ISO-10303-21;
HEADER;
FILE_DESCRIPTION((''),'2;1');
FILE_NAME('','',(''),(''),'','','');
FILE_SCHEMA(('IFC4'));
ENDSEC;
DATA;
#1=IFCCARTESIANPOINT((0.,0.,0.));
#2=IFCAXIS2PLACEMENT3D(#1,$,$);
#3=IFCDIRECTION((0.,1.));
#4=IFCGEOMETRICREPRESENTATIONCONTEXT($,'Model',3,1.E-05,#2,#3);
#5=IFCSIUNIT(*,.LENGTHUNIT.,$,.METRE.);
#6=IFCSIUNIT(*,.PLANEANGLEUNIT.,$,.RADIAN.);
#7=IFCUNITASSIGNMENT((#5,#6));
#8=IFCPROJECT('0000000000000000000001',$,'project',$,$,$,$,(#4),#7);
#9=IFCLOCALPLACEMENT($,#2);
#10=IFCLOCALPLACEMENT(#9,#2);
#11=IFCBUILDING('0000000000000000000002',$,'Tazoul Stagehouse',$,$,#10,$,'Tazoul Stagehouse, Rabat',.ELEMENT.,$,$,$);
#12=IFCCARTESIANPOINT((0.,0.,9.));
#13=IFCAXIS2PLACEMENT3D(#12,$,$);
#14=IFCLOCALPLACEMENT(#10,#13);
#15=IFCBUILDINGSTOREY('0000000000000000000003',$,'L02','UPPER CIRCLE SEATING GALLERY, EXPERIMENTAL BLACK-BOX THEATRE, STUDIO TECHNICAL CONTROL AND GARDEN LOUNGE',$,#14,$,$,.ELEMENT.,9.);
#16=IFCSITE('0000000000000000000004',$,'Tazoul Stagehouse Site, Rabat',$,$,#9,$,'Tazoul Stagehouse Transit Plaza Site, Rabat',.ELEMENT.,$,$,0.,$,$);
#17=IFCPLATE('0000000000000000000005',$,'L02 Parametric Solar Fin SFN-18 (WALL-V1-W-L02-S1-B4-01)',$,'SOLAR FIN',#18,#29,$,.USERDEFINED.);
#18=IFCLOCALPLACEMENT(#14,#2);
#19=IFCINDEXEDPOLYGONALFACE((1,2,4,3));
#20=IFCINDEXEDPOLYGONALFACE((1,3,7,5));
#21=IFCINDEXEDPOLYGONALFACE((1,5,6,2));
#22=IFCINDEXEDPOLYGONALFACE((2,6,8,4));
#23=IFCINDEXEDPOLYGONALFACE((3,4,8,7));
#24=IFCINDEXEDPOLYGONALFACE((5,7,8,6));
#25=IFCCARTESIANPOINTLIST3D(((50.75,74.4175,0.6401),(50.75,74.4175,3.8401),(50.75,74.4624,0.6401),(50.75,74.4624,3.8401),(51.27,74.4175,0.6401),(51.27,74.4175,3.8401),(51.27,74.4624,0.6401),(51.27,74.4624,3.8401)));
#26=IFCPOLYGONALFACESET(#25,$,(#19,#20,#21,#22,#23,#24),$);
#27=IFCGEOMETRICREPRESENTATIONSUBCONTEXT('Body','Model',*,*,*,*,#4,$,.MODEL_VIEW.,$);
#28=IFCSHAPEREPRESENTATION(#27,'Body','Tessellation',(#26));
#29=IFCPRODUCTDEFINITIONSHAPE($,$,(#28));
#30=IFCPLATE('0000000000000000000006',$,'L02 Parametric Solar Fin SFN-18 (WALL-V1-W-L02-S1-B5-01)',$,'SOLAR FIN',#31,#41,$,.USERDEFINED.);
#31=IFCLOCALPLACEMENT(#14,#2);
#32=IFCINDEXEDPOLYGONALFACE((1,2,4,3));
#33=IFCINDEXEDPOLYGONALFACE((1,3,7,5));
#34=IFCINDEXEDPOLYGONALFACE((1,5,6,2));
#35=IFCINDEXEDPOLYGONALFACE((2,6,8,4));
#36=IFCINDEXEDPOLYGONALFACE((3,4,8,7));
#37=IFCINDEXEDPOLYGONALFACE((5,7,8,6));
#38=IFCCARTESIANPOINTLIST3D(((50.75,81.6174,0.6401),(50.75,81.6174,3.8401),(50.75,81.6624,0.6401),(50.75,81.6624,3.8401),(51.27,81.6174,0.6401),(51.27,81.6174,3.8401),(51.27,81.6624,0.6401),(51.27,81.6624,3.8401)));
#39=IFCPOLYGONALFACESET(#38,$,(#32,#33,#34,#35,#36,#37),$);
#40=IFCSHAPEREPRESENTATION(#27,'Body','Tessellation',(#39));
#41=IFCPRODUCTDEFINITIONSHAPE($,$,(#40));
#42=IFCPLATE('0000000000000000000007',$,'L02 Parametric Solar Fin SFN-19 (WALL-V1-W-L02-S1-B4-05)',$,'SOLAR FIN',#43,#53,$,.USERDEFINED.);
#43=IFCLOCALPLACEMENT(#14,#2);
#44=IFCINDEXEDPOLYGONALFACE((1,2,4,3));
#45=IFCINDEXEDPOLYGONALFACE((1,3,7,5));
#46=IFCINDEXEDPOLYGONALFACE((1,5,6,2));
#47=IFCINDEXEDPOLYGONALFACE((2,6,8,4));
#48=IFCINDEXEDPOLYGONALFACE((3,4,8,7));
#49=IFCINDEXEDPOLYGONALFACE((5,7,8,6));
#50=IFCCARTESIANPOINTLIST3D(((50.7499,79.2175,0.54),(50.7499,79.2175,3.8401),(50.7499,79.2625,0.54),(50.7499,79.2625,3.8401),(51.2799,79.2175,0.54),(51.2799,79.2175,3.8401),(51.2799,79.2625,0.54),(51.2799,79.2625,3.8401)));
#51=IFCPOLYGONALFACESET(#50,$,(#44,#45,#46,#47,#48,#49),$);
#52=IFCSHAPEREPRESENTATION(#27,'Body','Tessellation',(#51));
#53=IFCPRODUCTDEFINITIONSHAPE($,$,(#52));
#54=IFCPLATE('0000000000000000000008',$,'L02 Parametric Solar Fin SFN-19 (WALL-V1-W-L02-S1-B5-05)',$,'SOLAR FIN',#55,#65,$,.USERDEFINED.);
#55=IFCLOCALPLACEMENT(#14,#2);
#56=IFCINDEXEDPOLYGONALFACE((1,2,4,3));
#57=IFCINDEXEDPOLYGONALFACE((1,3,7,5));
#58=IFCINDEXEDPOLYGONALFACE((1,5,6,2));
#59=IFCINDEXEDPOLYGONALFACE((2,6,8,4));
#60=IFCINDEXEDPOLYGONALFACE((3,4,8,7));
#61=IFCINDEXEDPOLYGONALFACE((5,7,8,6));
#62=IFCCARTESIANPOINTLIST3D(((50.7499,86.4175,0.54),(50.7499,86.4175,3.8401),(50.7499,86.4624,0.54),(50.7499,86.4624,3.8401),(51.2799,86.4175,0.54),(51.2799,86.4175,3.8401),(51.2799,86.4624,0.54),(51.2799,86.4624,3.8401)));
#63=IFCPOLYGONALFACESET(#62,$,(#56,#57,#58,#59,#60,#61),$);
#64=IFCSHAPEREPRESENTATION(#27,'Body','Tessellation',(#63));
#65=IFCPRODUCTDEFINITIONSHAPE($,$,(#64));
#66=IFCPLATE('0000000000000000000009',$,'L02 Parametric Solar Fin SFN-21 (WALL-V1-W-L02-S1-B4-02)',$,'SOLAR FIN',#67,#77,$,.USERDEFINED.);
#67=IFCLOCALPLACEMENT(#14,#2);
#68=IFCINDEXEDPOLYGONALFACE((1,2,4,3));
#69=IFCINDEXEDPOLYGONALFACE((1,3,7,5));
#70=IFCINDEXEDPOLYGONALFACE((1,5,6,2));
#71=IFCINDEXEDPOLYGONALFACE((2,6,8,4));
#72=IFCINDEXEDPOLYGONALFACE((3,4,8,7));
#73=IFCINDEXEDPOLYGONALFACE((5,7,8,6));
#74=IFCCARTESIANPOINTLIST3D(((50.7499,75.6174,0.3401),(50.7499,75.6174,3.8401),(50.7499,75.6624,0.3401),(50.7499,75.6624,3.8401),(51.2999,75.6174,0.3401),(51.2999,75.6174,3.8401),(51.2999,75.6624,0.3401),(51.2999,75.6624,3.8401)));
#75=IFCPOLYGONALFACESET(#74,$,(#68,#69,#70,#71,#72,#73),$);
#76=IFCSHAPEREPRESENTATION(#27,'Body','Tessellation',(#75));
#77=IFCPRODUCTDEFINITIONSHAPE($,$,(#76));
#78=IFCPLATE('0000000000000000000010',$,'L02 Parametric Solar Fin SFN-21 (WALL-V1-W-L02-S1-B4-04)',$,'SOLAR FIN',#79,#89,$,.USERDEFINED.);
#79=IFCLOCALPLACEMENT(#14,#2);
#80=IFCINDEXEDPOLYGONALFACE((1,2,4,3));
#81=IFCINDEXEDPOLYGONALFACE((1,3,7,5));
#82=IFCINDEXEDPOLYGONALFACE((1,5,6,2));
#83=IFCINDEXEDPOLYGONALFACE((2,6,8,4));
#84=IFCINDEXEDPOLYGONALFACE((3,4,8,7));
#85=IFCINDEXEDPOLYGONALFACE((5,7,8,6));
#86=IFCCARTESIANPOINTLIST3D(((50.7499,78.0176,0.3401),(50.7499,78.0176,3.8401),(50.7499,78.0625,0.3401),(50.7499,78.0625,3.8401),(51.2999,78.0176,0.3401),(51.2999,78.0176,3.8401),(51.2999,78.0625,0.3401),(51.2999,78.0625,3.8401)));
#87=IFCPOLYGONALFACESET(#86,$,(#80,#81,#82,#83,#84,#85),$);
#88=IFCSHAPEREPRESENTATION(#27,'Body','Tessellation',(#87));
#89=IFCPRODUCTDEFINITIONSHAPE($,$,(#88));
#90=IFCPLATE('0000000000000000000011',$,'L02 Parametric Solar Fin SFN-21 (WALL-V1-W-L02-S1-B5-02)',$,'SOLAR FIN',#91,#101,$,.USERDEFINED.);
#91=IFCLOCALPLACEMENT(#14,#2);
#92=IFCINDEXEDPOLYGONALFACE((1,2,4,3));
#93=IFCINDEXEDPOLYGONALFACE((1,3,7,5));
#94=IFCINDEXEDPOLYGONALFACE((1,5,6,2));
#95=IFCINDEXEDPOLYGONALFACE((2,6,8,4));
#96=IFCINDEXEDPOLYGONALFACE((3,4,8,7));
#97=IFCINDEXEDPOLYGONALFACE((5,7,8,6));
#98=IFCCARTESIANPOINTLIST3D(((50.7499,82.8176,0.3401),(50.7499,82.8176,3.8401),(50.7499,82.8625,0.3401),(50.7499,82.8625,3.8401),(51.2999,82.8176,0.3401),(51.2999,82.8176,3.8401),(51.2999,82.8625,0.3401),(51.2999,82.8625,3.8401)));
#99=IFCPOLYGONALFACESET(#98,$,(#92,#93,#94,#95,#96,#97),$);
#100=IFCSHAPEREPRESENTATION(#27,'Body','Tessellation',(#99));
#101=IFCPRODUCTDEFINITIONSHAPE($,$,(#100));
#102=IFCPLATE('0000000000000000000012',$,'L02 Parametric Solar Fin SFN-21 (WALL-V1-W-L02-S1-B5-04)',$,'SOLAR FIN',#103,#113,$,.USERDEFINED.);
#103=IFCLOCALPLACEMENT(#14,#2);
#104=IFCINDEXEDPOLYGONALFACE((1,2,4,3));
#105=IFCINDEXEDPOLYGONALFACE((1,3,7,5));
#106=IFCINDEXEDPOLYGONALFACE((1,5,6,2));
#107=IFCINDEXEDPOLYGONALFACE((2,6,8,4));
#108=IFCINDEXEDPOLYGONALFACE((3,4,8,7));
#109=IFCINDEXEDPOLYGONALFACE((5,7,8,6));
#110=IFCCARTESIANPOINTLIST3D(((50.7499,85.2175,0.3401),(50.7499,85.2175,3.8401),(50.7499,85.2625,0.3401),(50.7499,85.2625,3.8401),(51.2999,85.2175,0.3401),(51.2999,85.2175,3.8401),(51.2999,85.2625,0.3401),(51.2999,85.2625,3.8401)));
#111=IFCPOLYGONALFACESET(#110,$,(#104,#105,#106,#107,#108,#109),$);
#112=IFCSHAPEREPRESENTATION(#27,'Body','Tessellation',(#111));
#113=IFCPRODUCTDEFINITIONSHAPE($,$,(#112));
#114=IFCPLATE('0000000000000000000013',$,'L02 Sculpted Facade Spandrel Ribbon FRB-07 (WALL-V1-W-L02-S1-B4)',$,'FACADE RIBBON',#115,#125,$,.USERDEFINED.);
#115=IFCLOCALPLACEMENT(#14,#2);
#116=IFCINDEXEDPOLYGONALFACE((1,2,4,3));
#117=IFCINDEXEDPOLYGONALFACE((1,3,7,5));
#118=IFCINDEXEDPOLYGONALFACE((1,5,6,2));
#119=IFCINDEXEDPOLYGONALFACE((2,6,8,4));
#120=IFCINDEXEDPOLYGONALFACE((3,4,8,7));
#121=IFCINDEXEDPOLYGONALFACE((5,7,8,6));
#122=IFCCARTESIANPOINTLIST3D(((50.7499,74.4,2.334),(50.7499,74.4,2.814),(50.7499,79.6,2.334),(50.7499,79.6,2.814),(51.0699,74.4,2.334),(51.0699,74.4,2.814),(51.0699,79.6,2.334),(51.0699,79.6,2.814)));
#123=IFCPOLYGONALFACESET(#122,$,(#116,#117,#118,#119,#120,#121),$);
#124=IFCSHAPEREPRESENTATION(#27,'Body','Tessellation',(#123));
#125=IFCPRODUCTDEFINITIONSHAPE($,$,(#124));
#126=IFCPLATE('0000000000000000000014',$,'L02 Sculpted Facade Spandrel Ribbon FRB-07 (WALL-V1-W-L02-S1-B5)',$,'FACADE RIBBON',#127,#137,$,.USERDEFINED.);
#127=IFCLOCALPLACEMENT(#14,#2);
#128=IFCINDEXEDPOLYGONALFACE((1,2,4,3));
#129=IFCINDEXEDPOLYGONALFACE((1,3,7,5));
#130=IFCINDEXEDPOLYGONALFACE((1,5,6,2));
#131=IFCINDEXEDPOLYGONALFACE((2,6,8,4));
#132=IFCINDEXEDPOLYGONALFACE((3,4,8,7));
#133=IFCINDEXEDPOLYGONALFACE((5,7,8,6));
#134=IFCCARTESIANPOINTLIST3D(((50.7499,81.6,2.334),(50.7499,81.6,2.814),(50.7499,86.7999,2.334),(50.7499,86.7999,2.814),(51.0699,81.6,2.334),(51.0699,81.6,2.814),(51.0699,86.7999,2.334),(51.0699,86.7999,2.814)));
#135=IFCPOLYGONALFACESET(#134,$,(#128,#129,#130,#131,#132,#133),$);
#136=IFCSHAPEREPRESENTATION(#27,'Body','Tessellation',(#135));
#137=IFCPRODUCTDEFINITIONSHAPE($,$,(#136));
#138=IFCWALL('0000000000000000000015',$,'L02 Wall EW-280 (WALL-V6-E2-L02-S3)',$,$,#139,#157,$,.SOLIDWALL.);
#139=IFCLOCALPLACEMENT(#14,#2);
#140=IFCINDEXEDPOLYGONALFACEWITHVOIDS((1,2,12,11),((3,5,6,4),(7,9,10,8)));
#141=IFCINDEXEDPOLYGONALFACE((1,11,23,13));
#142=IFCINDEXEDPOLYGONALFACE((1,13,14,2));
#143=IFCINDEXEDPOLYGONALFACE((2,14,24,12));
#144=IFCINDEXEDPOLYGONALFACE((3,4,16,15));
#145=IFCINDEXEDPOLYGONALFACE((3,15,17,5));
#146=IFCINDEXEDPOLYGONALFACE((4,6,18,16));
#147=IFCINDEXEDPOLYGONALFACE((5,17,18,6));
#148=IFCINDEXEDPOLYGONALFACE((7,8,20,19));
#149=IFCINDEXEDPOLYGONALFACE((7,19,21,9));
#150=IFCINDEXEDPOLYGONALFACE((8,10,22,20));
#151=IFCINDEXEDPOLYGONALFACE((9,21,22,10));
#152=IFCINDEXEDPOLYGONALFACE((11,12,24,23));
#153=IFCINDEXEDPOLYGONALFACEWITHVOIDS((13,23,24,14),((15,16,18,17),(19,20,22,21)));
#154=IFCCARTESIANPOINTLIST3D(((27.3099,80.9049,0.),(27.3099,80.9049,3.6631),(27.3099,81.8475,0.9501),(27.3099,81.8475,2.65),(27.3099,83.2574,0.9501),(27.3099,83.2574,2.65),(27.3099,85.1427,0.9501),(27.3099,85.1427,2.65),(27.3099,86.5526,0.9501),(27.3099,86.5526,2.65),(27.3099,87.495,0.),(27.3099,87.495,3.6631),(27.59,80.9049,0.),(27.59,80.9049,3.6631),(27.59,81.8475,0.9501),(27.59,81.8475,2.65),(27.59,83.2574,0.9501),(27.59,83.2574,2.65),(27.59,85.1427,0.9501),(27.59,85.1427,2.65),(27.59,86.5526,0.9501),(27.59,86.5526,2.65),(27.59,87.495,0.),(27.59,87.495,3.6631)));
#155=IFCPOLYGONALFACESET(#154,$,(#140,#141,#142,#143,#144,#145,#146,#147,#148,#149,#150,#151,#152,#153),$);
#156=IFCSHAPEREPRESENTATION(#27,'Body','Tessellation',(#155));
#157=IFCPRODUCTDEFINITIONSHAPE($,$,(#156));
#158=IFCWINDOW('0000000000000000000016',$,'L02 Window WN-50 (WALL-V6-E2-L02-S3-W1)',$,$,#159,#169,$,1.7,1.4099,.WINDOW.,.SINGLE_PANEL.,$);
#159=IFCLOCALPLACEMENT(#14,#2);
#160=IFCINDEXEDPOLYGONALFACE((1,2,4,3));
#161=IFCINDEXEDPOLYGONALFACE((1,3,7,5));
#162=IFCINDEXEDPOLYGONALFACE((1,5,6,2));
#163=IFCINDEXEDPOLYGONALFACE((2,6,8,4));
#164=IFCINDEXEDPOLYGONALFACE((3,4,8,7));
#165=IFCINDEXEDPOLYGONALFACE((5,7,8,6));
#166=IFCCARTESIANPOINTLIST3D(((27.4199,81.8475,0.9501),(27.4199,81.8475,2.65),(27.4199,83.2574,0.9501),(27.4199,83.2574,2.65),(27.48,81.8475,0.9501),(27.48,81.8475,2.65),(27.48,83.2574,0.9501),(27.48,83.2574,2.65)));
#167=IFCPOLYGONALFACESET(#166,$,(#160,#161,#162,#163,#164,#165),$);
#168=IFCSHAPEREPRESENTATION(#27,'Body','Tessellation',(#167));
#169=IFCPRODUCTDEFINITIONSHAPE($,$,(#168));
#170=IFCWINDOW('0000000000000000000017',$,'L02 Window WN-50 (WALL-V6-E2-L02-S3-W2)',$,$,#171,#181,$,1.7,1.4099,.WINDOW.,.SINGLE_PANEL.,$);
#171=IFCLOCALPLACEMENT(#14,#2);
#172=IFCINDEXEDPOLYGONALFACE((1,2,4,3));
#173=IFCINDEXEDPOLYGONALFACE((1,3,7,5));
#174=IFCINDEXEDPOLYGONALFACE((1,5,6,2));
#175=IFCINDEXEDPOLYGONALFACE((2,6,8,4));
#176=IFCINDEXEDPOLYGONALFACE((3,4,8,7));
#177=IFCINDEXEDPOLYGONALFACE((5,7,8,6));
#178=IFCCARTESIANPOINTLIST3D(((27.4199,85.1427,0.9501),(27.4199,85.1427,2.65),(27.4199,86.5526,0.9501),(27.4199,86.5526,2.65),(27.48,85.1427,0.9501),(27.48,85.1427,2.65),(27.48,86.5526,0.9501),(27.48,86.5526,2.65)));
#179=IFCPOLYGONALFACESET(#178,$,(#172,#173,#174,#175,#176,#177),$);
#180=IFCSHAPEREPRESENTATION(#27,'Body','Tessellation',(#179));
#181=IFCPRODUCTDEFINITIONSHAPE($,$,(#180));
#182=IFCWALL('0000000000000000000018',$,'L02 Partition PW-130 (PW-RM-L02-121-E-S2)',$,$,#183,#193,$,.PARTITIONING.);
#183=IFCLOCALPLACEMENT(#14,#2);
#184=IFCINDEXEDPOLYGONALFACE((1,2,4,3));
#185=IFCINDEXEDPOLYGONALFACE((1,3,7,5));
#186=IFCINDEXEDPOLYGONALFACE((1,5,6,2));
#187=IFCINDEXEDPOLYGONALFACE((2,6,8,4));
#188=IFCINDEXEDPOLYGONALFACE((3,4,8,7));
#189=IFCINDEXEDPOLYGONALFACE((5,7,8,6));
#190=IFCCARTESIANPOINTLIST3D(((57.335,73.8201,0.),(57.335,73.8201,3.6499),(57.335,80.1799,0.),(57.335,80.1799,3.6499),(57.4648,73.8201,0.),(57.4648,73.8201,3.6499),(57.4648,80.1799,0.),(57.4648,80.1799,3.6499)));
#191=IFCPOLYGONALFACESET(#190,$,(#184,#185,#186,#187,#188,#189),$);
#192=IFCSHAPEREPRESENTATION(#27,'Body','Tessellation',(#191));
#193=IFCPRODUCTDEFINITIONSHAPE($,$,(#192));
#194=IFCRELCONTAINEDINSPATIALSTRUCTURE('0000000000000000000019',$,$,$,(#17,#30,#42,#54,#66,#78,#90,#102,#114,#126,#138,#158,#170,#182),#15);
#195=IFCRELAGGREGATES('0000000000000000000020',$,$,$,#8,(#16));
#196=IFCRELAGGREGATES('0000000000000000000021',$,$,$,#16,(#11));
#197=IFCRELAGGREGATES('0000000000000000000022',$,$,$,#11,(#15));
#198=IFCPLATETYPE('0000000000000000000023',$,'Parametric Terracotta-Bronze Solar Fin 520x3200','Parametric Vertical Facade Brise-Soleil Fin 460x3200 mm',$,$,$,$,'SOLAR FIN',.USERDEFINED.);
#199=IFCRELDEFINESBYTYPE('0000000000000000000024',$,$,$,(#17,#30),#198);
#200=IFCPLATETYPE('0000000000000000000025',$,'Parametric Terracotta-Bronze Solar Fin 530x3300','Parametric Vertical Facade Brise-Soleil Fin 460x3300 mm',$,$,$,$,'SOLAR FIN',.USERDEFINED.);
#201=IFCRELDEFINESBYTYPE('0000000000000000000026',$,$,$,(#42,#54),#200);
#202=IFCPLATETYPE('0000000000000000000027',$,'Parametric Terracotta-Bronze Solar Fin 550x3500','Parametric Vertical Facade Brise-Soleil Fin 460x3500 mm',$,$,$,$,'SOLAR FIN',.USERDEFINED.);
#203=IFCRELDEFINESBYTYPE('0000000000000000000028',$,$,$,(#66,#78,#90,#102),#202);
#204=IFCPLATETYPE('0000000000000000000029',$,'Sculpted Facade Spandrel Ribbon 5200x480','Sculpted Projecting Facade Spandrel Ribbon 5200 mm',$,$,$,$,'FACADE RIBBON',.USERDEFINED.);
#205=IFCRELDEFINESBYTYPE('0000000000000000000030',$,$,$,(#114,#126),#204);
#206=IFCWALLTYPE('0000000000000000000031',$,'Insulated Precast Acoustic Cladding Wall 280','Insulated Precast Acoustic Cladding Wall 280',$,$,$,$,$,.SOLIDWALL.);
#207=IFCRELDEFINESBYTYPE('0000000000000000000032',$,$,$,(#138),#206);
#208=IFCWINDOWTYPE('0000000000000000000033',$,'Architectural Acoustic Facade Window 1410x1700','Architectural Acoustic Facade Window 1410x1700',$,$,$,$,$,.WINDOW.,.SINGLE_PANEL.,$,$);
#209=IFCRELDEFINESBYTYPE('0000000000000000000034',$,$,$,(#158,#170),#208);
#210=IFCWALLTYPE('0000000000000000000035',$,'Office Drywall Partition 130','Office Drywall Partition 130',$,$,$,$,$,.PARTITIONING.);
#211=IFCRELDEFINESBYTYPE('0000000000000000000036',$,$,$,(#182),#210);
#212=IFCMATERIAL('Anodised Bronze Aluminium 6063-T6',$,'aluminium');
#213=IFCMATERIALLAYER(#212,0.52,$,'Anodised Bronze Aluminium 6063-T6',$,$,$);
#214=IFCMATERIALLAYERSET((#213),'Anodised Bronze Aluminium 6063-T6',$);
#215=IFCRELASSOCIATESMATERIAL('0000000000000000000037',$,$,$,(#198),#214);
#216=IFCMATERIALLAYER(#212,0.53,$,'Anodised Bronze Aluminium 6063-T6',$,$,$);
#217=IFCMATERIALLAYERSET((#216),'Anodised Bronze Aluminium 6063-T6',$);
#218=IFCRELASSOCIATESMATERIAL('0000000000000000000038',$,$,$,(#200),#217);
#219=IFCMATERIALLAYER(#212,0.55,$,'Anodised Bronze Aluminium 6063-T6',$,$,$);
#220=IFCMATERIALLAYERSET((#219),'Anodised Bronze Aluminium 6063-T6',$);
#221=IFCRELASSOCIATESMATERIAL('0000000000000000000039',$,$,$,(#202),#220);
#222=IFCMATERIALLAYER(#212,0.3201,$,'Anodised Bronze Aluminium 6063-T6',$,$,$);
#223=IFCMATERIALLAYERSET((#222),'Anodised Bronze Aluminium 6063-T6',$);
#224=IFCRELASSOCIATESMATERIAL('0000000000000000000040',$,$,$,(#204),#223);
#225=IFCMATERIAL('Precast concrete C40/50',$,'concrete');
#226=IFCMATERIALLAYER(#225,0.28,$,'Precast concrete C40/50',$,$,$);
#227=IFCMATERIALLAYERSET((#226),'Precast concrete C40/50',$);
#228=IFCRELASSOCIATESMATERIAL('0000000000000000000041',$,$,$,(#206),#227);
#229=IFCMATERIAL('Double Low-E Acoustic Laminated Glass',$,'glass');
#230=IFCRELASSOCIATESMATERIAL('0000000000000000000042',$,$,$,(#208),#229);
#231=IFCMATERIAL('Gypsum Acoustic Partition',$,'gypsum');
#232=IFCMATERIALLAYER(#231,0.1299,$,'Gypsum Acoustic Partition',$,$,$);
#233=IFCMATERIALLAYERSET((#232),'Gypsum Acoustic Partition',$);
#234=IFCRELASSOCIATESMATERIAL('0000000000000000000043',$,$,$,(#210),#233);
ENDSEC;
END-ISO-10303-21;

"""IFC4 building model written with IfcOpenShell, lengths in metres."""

from ifc_helpers import new_model, si_unit, direction, frame, frame_2d, origin, origin_2d, place, context, subcontext, project, spatial, rectangle, extrude, material, layer, layer_set, type_object, element, fill, save


model = new_model("IFC4")

# Units and contexts
model_context = context("Model", 3, precision=1e-05, world=origin(), true_north=direction((0.0, 1.0)))
body_context = subcontext(model_context, "Body", "Model", "MODEL_VIEW")
ifc_project = project(units=[si_unit("LENGTHUNIT", "METRE"), si_unit("PLANEANGLEUNIT", "RADIAN")], contexts=[model_context])

# Site, building, storey
site_placement = place(None, origin())
site = spatial("IfcSite", under=ifc_project, at=site_placement, Name="Tazoul Stagehouse Site, Rabat", LongName="Tazoul Stagehouse Transit Plaza Site, Rabat", CompositionType="ELEMENT", RefElevation=0.0)
building_placement = place(site_placement, origin())
building = spatial("IfcBuilding", under=site, at=building_placement, Name="Tazoul Stagehouse", LongName="Tazoul Stagehouse, Rabat", CompositionType="ELEMENT")
storey_placement = place(building_placement, frame((0.0, 0.0, 9.0)))
storey = spatial("IfcBuildingStorey", under=building, at=storey_placement, Name="L02", Description="UPPER CIRCLE SEATING GALLERY, EXPERIMENTAL BLACK-BOX THEATRE, STUDIO TECHNICAL CONTROL AND GARDEN LOUNGE", CompositionType="ELEMENT", Elevation=9.0)

# Plates
ifc_material_1 = material(Name="Anodised Bronze Aluminium 6063-T6", Category="aluminium")
ifc_layer_1 = layer(ifc_material_1, 0.52, Name="Anodised Bronze Aluminium 6063-T6")
ifc_layer_set_1 = layer_set([ifc_layer_1], Name="Anodised Bronze Aluminium 6063-T6")
plate_type_1 = type_object("IfcPlateType", Name="Parametric Terracotta-Bronze Solar Fin 520x3200", Description="Parametric Vertical Facade Brise-Soleil Fin 460x3200 mm", ElementType="SOLAR FIN", PredefinedType="USERDEFINED", material=ifc_layer_set_1)
for number, where, z_axis, x_axis, name in (
    (1, (51.01, 74.4399, 0.6401), (0.0, 0.0, 1.0), (0.0, 1.0, 0.0), "L02 Parametric Solar Fin SFN-18 (WALL-V1-W-L02-S1-B4-01)"),
    (2, (51.01, 81.6399, 0.6401), (0.0, 0.0, 1.0), (0.0, 1.0, 0.0), "L02 Parametric Solar Fin SFN-18 (WALL-V1-W-L02-S1-B5-01)"),
):
    element("IfcPlate", number, at=place(storey_placement, frame(where, z_axis=z_axis, x_axis=x_axis)), inside=storey, type_object=plate_type_1, Name=name, ObjectType="SOLAR FIN", PredefinedType="USERDEFINED", context=body_context, shape_type="SweptSolid", body=[
        extrude(rectangle(XDim=0.0449, YDim=0.52, at=origin_2d()), origin(), (0.0, 0.0, 1.0), 3.2),
    ])
ifc_layer_2 = layer(ifc_material_1, 0.53, Name="Anodised Bronze Aluminium 6063-T6")
ifc_layer_set_2 = layer_set([ifc_layer_2], Name="Anodised Bronze Aluminium 6063-T6")
plate_type_2 = type_object("IfcPlateType", Name="Parametric Terracotta-Bronze Solar Fin 530x3300", Description="Parametric Vertical Facade Brise-Soleil Fin 460x3300 mm", ElementType="SOLAR FIN", PredefinedType="USERDEFINED", material=ifc_layer_set_2)
for number, where, z_axis, x_axis, name in (
    (3, (51.0149, 79.24, 0.54), (0.0, 0.0, 1.0), (0.0, 1.0, 0.0), "L02 Parametric Solar Fin SFN-19 (WALL-V1-W-L02-S1-B4-05)"),
    (4, (51.0149, 86.4399, 0.54), (0.0, 0.0, 1.0), (0.0, 1.0, 0.0), "L02 Parametric Solar Fin SFN-19 (WALL-V1-W-L02-S1-B5-05)"),
):
    element("IfcPlate", number, at=place(storey_placement, frame(where, z_axis=z_axis, x_axis=x_axis)), inside=storey, type_object=plate_type_2, Name=name, ObjectType="SOLAR FIN", PredefinedType="USERDEFINED", context=body_context, shape_type="SweptSolid", body=[
        extrude(rectangle(XDim=0.0449, YDim=0.53, at=origin_2d()), origin(), (0.0, 0.0, 1.0), 3.3),
    ])
ifc_layer_3 = layer(ifc_material_1, 0.55, Name="Anodised Bronze Aluminium 6063-T6")
ifc_layer_set_3 = layer_set([ifc_layer_3], Name="Anodised Bronze Aluminium 6063-T6")
plate_type_3 = type_object("IfcPlateType", Name="Parametric Terracotta-Bronze Solar Fin 550x3500", Description="Parametric Vertical Facade Brise-Soleil Fin 460x3500 mm", ElementType="SOLAR FIN", PredefinedType="USERDEFINED", material=ifc_layer_set_3)
for number, where, z_axis, x_axis, name in (
    (5, (51.0249, 75.6399, 0.3401), (0.0, 0.0, 1.0), (0.0, 1.0, 0.0), "L02 Parametric Solar Fin SFN-21 (WALL-V1-W-L02-S1-B4-02)"),
    (6, (51.0249, 78.04, 0.3401), (0.0, 0.0, 1.0), (0.0, 1.0, 0.0), "L02 Parametric Solar Fin SFN-21 (WALL-V1-W-L02-S1-B4-04)"),
    (7, (51.0249, 82.8401, 0.3401), (0.0, 0.0, 1.0), (0.0, 1.0, 0.0), "L02 Parametric Solar Fin SFN-21 (WALL-V1-W-L02-S1-B5-02)"),
    (8, (51.0249, 85.24, 0.3401), (0.0, 0.0, 1.0), (0.0, 1.0, 0.0), "L02 Parametric Solar Fin SFN-21 (WALL-V1-W-L02-S1-B5-04)"),
):
    element("IfcPlate", number, at=place(storey_placement, frame(where, z_axis=z_axis, x_axis=x_axis)), inside=storey, type_object=plate_type_3, Name=name, ObjectType="SOLAR FIN", PredefinedType="USERDEFINED", context=body_context, shape_type="SweptSolid", body=[
        extrude(rectangle(XDim=0.0449, YDim=0.55, at=origin_2d()), origin(), (0.0, 0.0, 1.0), 3.5),
    ])
ifc_layer_4 = layer(ifc_material_1, 0.3201, Name="Anodised Bronze Aluminium 6063-T6")
ifc_layer_set_4 = layer_set([ifc_layer_4], Name="Anodised Bronze Aluminium 6063-T6")
plate_type_4 = type_object("IfcPlateType", Name="Sculpted Facade Spandrel Ribbon 5200x480", Description="Sculpted Projecting Facade Spandrel Ribbon 5200 mm", ElementType="FACADE RIBBON", PredefinedType="USERDEFINED", material=ifc_layer_set_4)
for number, where, z_axis, x_axis, name in (
    (9, (50.9099, 77.0, 2.334), (0.0, 0.0, 1.0), (0.0, 1.0, 0.0), "L02 Sculpted Facade Spandrel Ribbon FRB-07 (WALL-V1-W-L02-S1-B4)"),
    (10, (50.9099, 84.2, 2.334), (0.0, 0.0, 1.0), (0.0, 1.0, 0.0), "L02 Sculpted Facade Spandrel Ribbon FRB-07 (WALL-V1-W-L02-S1-B5)"),
):
    element("IfcPlate", number, at=place(storey_placement, frame(where, z_axis=z_axis, x_axis=x_axis)), inside=storey, type_object=plate_type_4, Name=name, ObjectType="FACADE RIBBON", PredefinedType="USERDEFINED", context=body_context, shape_type="SweptSolid", body=[
        extrude(rectangle(XDim=5.2, YDim=0.3201, at=origin_2d()), origin(), (0.0, 0.0, 1.0), 0.48),
    ])

# Wall, openings, windows
ifc_material_2 = material(Name="Precast concrete C40/50", Category="concrete")
ifc_layer_5 = layer(ifc_material_2, 0.28, Name="Precast concrete C40/50")
ifc_layer_set_5 = layer_set([ifc_layer_5], Name="Precast concrete C40/50")
wall_type_1 = type_object("IfcWallType", Name="Insulated Precast Acoustic Cladding Wall 280", Description="Insulated Precast Acoustic Cladding Wall 280", PredefinedType="SOLIDWALL", material=ifc_layer_set_5)
wall_1_placement = place(storey_placement, frame((27.45, 80.905, 0.0), z_axis=(0.0, 0.0, 1.0), x_axis=(0.0, 1.0, 0.0)))
wall_1 = element("IfcWall", 11, at=wall_1_placement, inside=storey, type_object=wall_type_1, Name="L02 Wall EW-280 (WALL-V6-E2-L02-S3)", PredefinedType="SOLIDWALL", context=body_context, shape_type="SweptSolid", body=[
    extrude(rectangle(XDim=6.5901, YDim=0.28, at=frame_2d((3.2949, 0.0))), origin(), (0.0, 0.0, 1.0), 3.6631),
])
opening_1_placement = place(wall_1_placement, frame((0.9424, 0.0, 0.95)))
opening_1 = element("IfcOpeningElement", 12, at=opening_1_placement, cuts=wall_1, PredefinedType="OPENING", context=body_context, shape_type="SweptSolid", body=[
    extrude(rectangle(XDim=1.4099, YDim=1.7, at=frame_2d((0.7051, 0.8501))), frame((0.0, 0.1599, 0.0), z_axis=(0.0, -1.0, 0.0), x_axis=(1.0, 0.0, 0.0)), (0.0, 0.0, 1.0), 0.3201),
])
opening_2_placement = place(wall_1_placement, frame((4.2375, 0.0, 0.95)))
opening_2 = element("IfcOpeningElement", 13, at=opening_2_placement, cuts=wall_1, PredefinedType="OPENING", context=body_context, shape_type="SweptSolid", body=[
    extrude(rectangle(XDim=1.4099, YDim=1.7, at=frame_2d((0.7051, 0.8501))), frame((0.0, 0.1599, 0.0), z_axis=(0.0, -1.0, 0.0), x_axis=(1.0, 0.0, 0.0)), (0.0, 0.0, 1.0), 0.3201),
])
ifc_material_3 = material(Name="Double Low-E Acoustic Laminated Glass", Category="glass")
window_type = type_object("IfcWindowType", Name="Architectural Acoustic Facade Window 1410x1700", Description="Architectural Acoustic Facade Window 1410x1700", PartitioningType="SINGLE_PANEL", PredefinedType="WINDOW", material=ifc_material_3)
window_1_placement = place(opening_1_placement, origin())
window_1 = element("IfcWindow", 14, at=window_1_placement, inside=storey, type_object=window_type, Name="L02 Window WN-50 (WALL-V6-E2-L02-S3-W1)", OverallHeight=1.7, OverallWidth=1.4099, PartitioningType="SINGLE_PANEL", PredefinedType="WINDOW", context=body_context, shape_type="SweptSolid", body=[
    extrude(rectangle(XDim=1.4099, YDim=1.7, at=frame_2d((0.7051, 0.8501))), frame((0.0, 0.03, 0.0), z_axis=(0.0, -1.0, 0.0), x_axis=(1.0, 0.0, 0.0)), (0.0, 0.0, 1.0), 0.0601),
])
fill(opening_1, window_1)
window_2_placement = place(opening_2_placement, origin())
window_2 = element("IfcWindow", 15, at=window_2_placement, inside=storey, type_object=window_type, Name="L02 Window WN-50 (WALL-V6-E2-L02-S3-W2)", OverallHeight=1.7, OverallWidth=1.4099, PartitioningType="SINGLE_PANEL", PredefinedType="WINDOW", context=body_context, shape_type="SweptSolid", body=[
    extrude(rectangle(XDim=1.4099, YDim=1.7, at=frame_2d((0.7051, 0.8501))), frame((0.0, 0.03, 0.0), z_axis=(0.0, -1.0, 0.0), x_axis=(1.0, 0.0, 0.0)), (0.0, 0.0, 1.0), 0.0601),
])
fill(opening_2, window_2)

# Wall
ifc_material_4 = material(Name="Gypsum Acoustic Partition", Category="gypsum")
ifc_layer_6 = layer(ifc_material_4, 0.1299, Name="Gypsum Acoustic Partition")
ifc_layer_set_6 = layer_set([ifc_layer_6], Name="Gypsum Acoustic Partition")
wall_type_2 = type_object("IfcWallType", Name="Office Drywall Partition 130", Description="Office Drywall Partition 130", PredefinedType="PARTITIONING", material=ifc_layer_set_6)
wall_2_placement = place(storey_placement, frame((57.3999, 80.1799, 0.0), z_axis=(0.0, 0.0, 1.0), x_axis=(0.0, -1.0, 0.0)))
element("IfcWall", 16, at=wall_2_placement, inside=storey, type_object=wall_type_2, Name="L02 Partition PW-130 (PW-RM-L02-121-E-S2)", PredefinedType="PARTITIONING", context=body_context, shape_type="SweptSolid", body=[
    extrude(rectangle(XDim=6.3599, YDim=0.1299, at=frame_2d((3.1799, 0.0))), origin(), (0.0, 0.0, 1.0), 3.6499),
])

save(model, "model.ifc")
